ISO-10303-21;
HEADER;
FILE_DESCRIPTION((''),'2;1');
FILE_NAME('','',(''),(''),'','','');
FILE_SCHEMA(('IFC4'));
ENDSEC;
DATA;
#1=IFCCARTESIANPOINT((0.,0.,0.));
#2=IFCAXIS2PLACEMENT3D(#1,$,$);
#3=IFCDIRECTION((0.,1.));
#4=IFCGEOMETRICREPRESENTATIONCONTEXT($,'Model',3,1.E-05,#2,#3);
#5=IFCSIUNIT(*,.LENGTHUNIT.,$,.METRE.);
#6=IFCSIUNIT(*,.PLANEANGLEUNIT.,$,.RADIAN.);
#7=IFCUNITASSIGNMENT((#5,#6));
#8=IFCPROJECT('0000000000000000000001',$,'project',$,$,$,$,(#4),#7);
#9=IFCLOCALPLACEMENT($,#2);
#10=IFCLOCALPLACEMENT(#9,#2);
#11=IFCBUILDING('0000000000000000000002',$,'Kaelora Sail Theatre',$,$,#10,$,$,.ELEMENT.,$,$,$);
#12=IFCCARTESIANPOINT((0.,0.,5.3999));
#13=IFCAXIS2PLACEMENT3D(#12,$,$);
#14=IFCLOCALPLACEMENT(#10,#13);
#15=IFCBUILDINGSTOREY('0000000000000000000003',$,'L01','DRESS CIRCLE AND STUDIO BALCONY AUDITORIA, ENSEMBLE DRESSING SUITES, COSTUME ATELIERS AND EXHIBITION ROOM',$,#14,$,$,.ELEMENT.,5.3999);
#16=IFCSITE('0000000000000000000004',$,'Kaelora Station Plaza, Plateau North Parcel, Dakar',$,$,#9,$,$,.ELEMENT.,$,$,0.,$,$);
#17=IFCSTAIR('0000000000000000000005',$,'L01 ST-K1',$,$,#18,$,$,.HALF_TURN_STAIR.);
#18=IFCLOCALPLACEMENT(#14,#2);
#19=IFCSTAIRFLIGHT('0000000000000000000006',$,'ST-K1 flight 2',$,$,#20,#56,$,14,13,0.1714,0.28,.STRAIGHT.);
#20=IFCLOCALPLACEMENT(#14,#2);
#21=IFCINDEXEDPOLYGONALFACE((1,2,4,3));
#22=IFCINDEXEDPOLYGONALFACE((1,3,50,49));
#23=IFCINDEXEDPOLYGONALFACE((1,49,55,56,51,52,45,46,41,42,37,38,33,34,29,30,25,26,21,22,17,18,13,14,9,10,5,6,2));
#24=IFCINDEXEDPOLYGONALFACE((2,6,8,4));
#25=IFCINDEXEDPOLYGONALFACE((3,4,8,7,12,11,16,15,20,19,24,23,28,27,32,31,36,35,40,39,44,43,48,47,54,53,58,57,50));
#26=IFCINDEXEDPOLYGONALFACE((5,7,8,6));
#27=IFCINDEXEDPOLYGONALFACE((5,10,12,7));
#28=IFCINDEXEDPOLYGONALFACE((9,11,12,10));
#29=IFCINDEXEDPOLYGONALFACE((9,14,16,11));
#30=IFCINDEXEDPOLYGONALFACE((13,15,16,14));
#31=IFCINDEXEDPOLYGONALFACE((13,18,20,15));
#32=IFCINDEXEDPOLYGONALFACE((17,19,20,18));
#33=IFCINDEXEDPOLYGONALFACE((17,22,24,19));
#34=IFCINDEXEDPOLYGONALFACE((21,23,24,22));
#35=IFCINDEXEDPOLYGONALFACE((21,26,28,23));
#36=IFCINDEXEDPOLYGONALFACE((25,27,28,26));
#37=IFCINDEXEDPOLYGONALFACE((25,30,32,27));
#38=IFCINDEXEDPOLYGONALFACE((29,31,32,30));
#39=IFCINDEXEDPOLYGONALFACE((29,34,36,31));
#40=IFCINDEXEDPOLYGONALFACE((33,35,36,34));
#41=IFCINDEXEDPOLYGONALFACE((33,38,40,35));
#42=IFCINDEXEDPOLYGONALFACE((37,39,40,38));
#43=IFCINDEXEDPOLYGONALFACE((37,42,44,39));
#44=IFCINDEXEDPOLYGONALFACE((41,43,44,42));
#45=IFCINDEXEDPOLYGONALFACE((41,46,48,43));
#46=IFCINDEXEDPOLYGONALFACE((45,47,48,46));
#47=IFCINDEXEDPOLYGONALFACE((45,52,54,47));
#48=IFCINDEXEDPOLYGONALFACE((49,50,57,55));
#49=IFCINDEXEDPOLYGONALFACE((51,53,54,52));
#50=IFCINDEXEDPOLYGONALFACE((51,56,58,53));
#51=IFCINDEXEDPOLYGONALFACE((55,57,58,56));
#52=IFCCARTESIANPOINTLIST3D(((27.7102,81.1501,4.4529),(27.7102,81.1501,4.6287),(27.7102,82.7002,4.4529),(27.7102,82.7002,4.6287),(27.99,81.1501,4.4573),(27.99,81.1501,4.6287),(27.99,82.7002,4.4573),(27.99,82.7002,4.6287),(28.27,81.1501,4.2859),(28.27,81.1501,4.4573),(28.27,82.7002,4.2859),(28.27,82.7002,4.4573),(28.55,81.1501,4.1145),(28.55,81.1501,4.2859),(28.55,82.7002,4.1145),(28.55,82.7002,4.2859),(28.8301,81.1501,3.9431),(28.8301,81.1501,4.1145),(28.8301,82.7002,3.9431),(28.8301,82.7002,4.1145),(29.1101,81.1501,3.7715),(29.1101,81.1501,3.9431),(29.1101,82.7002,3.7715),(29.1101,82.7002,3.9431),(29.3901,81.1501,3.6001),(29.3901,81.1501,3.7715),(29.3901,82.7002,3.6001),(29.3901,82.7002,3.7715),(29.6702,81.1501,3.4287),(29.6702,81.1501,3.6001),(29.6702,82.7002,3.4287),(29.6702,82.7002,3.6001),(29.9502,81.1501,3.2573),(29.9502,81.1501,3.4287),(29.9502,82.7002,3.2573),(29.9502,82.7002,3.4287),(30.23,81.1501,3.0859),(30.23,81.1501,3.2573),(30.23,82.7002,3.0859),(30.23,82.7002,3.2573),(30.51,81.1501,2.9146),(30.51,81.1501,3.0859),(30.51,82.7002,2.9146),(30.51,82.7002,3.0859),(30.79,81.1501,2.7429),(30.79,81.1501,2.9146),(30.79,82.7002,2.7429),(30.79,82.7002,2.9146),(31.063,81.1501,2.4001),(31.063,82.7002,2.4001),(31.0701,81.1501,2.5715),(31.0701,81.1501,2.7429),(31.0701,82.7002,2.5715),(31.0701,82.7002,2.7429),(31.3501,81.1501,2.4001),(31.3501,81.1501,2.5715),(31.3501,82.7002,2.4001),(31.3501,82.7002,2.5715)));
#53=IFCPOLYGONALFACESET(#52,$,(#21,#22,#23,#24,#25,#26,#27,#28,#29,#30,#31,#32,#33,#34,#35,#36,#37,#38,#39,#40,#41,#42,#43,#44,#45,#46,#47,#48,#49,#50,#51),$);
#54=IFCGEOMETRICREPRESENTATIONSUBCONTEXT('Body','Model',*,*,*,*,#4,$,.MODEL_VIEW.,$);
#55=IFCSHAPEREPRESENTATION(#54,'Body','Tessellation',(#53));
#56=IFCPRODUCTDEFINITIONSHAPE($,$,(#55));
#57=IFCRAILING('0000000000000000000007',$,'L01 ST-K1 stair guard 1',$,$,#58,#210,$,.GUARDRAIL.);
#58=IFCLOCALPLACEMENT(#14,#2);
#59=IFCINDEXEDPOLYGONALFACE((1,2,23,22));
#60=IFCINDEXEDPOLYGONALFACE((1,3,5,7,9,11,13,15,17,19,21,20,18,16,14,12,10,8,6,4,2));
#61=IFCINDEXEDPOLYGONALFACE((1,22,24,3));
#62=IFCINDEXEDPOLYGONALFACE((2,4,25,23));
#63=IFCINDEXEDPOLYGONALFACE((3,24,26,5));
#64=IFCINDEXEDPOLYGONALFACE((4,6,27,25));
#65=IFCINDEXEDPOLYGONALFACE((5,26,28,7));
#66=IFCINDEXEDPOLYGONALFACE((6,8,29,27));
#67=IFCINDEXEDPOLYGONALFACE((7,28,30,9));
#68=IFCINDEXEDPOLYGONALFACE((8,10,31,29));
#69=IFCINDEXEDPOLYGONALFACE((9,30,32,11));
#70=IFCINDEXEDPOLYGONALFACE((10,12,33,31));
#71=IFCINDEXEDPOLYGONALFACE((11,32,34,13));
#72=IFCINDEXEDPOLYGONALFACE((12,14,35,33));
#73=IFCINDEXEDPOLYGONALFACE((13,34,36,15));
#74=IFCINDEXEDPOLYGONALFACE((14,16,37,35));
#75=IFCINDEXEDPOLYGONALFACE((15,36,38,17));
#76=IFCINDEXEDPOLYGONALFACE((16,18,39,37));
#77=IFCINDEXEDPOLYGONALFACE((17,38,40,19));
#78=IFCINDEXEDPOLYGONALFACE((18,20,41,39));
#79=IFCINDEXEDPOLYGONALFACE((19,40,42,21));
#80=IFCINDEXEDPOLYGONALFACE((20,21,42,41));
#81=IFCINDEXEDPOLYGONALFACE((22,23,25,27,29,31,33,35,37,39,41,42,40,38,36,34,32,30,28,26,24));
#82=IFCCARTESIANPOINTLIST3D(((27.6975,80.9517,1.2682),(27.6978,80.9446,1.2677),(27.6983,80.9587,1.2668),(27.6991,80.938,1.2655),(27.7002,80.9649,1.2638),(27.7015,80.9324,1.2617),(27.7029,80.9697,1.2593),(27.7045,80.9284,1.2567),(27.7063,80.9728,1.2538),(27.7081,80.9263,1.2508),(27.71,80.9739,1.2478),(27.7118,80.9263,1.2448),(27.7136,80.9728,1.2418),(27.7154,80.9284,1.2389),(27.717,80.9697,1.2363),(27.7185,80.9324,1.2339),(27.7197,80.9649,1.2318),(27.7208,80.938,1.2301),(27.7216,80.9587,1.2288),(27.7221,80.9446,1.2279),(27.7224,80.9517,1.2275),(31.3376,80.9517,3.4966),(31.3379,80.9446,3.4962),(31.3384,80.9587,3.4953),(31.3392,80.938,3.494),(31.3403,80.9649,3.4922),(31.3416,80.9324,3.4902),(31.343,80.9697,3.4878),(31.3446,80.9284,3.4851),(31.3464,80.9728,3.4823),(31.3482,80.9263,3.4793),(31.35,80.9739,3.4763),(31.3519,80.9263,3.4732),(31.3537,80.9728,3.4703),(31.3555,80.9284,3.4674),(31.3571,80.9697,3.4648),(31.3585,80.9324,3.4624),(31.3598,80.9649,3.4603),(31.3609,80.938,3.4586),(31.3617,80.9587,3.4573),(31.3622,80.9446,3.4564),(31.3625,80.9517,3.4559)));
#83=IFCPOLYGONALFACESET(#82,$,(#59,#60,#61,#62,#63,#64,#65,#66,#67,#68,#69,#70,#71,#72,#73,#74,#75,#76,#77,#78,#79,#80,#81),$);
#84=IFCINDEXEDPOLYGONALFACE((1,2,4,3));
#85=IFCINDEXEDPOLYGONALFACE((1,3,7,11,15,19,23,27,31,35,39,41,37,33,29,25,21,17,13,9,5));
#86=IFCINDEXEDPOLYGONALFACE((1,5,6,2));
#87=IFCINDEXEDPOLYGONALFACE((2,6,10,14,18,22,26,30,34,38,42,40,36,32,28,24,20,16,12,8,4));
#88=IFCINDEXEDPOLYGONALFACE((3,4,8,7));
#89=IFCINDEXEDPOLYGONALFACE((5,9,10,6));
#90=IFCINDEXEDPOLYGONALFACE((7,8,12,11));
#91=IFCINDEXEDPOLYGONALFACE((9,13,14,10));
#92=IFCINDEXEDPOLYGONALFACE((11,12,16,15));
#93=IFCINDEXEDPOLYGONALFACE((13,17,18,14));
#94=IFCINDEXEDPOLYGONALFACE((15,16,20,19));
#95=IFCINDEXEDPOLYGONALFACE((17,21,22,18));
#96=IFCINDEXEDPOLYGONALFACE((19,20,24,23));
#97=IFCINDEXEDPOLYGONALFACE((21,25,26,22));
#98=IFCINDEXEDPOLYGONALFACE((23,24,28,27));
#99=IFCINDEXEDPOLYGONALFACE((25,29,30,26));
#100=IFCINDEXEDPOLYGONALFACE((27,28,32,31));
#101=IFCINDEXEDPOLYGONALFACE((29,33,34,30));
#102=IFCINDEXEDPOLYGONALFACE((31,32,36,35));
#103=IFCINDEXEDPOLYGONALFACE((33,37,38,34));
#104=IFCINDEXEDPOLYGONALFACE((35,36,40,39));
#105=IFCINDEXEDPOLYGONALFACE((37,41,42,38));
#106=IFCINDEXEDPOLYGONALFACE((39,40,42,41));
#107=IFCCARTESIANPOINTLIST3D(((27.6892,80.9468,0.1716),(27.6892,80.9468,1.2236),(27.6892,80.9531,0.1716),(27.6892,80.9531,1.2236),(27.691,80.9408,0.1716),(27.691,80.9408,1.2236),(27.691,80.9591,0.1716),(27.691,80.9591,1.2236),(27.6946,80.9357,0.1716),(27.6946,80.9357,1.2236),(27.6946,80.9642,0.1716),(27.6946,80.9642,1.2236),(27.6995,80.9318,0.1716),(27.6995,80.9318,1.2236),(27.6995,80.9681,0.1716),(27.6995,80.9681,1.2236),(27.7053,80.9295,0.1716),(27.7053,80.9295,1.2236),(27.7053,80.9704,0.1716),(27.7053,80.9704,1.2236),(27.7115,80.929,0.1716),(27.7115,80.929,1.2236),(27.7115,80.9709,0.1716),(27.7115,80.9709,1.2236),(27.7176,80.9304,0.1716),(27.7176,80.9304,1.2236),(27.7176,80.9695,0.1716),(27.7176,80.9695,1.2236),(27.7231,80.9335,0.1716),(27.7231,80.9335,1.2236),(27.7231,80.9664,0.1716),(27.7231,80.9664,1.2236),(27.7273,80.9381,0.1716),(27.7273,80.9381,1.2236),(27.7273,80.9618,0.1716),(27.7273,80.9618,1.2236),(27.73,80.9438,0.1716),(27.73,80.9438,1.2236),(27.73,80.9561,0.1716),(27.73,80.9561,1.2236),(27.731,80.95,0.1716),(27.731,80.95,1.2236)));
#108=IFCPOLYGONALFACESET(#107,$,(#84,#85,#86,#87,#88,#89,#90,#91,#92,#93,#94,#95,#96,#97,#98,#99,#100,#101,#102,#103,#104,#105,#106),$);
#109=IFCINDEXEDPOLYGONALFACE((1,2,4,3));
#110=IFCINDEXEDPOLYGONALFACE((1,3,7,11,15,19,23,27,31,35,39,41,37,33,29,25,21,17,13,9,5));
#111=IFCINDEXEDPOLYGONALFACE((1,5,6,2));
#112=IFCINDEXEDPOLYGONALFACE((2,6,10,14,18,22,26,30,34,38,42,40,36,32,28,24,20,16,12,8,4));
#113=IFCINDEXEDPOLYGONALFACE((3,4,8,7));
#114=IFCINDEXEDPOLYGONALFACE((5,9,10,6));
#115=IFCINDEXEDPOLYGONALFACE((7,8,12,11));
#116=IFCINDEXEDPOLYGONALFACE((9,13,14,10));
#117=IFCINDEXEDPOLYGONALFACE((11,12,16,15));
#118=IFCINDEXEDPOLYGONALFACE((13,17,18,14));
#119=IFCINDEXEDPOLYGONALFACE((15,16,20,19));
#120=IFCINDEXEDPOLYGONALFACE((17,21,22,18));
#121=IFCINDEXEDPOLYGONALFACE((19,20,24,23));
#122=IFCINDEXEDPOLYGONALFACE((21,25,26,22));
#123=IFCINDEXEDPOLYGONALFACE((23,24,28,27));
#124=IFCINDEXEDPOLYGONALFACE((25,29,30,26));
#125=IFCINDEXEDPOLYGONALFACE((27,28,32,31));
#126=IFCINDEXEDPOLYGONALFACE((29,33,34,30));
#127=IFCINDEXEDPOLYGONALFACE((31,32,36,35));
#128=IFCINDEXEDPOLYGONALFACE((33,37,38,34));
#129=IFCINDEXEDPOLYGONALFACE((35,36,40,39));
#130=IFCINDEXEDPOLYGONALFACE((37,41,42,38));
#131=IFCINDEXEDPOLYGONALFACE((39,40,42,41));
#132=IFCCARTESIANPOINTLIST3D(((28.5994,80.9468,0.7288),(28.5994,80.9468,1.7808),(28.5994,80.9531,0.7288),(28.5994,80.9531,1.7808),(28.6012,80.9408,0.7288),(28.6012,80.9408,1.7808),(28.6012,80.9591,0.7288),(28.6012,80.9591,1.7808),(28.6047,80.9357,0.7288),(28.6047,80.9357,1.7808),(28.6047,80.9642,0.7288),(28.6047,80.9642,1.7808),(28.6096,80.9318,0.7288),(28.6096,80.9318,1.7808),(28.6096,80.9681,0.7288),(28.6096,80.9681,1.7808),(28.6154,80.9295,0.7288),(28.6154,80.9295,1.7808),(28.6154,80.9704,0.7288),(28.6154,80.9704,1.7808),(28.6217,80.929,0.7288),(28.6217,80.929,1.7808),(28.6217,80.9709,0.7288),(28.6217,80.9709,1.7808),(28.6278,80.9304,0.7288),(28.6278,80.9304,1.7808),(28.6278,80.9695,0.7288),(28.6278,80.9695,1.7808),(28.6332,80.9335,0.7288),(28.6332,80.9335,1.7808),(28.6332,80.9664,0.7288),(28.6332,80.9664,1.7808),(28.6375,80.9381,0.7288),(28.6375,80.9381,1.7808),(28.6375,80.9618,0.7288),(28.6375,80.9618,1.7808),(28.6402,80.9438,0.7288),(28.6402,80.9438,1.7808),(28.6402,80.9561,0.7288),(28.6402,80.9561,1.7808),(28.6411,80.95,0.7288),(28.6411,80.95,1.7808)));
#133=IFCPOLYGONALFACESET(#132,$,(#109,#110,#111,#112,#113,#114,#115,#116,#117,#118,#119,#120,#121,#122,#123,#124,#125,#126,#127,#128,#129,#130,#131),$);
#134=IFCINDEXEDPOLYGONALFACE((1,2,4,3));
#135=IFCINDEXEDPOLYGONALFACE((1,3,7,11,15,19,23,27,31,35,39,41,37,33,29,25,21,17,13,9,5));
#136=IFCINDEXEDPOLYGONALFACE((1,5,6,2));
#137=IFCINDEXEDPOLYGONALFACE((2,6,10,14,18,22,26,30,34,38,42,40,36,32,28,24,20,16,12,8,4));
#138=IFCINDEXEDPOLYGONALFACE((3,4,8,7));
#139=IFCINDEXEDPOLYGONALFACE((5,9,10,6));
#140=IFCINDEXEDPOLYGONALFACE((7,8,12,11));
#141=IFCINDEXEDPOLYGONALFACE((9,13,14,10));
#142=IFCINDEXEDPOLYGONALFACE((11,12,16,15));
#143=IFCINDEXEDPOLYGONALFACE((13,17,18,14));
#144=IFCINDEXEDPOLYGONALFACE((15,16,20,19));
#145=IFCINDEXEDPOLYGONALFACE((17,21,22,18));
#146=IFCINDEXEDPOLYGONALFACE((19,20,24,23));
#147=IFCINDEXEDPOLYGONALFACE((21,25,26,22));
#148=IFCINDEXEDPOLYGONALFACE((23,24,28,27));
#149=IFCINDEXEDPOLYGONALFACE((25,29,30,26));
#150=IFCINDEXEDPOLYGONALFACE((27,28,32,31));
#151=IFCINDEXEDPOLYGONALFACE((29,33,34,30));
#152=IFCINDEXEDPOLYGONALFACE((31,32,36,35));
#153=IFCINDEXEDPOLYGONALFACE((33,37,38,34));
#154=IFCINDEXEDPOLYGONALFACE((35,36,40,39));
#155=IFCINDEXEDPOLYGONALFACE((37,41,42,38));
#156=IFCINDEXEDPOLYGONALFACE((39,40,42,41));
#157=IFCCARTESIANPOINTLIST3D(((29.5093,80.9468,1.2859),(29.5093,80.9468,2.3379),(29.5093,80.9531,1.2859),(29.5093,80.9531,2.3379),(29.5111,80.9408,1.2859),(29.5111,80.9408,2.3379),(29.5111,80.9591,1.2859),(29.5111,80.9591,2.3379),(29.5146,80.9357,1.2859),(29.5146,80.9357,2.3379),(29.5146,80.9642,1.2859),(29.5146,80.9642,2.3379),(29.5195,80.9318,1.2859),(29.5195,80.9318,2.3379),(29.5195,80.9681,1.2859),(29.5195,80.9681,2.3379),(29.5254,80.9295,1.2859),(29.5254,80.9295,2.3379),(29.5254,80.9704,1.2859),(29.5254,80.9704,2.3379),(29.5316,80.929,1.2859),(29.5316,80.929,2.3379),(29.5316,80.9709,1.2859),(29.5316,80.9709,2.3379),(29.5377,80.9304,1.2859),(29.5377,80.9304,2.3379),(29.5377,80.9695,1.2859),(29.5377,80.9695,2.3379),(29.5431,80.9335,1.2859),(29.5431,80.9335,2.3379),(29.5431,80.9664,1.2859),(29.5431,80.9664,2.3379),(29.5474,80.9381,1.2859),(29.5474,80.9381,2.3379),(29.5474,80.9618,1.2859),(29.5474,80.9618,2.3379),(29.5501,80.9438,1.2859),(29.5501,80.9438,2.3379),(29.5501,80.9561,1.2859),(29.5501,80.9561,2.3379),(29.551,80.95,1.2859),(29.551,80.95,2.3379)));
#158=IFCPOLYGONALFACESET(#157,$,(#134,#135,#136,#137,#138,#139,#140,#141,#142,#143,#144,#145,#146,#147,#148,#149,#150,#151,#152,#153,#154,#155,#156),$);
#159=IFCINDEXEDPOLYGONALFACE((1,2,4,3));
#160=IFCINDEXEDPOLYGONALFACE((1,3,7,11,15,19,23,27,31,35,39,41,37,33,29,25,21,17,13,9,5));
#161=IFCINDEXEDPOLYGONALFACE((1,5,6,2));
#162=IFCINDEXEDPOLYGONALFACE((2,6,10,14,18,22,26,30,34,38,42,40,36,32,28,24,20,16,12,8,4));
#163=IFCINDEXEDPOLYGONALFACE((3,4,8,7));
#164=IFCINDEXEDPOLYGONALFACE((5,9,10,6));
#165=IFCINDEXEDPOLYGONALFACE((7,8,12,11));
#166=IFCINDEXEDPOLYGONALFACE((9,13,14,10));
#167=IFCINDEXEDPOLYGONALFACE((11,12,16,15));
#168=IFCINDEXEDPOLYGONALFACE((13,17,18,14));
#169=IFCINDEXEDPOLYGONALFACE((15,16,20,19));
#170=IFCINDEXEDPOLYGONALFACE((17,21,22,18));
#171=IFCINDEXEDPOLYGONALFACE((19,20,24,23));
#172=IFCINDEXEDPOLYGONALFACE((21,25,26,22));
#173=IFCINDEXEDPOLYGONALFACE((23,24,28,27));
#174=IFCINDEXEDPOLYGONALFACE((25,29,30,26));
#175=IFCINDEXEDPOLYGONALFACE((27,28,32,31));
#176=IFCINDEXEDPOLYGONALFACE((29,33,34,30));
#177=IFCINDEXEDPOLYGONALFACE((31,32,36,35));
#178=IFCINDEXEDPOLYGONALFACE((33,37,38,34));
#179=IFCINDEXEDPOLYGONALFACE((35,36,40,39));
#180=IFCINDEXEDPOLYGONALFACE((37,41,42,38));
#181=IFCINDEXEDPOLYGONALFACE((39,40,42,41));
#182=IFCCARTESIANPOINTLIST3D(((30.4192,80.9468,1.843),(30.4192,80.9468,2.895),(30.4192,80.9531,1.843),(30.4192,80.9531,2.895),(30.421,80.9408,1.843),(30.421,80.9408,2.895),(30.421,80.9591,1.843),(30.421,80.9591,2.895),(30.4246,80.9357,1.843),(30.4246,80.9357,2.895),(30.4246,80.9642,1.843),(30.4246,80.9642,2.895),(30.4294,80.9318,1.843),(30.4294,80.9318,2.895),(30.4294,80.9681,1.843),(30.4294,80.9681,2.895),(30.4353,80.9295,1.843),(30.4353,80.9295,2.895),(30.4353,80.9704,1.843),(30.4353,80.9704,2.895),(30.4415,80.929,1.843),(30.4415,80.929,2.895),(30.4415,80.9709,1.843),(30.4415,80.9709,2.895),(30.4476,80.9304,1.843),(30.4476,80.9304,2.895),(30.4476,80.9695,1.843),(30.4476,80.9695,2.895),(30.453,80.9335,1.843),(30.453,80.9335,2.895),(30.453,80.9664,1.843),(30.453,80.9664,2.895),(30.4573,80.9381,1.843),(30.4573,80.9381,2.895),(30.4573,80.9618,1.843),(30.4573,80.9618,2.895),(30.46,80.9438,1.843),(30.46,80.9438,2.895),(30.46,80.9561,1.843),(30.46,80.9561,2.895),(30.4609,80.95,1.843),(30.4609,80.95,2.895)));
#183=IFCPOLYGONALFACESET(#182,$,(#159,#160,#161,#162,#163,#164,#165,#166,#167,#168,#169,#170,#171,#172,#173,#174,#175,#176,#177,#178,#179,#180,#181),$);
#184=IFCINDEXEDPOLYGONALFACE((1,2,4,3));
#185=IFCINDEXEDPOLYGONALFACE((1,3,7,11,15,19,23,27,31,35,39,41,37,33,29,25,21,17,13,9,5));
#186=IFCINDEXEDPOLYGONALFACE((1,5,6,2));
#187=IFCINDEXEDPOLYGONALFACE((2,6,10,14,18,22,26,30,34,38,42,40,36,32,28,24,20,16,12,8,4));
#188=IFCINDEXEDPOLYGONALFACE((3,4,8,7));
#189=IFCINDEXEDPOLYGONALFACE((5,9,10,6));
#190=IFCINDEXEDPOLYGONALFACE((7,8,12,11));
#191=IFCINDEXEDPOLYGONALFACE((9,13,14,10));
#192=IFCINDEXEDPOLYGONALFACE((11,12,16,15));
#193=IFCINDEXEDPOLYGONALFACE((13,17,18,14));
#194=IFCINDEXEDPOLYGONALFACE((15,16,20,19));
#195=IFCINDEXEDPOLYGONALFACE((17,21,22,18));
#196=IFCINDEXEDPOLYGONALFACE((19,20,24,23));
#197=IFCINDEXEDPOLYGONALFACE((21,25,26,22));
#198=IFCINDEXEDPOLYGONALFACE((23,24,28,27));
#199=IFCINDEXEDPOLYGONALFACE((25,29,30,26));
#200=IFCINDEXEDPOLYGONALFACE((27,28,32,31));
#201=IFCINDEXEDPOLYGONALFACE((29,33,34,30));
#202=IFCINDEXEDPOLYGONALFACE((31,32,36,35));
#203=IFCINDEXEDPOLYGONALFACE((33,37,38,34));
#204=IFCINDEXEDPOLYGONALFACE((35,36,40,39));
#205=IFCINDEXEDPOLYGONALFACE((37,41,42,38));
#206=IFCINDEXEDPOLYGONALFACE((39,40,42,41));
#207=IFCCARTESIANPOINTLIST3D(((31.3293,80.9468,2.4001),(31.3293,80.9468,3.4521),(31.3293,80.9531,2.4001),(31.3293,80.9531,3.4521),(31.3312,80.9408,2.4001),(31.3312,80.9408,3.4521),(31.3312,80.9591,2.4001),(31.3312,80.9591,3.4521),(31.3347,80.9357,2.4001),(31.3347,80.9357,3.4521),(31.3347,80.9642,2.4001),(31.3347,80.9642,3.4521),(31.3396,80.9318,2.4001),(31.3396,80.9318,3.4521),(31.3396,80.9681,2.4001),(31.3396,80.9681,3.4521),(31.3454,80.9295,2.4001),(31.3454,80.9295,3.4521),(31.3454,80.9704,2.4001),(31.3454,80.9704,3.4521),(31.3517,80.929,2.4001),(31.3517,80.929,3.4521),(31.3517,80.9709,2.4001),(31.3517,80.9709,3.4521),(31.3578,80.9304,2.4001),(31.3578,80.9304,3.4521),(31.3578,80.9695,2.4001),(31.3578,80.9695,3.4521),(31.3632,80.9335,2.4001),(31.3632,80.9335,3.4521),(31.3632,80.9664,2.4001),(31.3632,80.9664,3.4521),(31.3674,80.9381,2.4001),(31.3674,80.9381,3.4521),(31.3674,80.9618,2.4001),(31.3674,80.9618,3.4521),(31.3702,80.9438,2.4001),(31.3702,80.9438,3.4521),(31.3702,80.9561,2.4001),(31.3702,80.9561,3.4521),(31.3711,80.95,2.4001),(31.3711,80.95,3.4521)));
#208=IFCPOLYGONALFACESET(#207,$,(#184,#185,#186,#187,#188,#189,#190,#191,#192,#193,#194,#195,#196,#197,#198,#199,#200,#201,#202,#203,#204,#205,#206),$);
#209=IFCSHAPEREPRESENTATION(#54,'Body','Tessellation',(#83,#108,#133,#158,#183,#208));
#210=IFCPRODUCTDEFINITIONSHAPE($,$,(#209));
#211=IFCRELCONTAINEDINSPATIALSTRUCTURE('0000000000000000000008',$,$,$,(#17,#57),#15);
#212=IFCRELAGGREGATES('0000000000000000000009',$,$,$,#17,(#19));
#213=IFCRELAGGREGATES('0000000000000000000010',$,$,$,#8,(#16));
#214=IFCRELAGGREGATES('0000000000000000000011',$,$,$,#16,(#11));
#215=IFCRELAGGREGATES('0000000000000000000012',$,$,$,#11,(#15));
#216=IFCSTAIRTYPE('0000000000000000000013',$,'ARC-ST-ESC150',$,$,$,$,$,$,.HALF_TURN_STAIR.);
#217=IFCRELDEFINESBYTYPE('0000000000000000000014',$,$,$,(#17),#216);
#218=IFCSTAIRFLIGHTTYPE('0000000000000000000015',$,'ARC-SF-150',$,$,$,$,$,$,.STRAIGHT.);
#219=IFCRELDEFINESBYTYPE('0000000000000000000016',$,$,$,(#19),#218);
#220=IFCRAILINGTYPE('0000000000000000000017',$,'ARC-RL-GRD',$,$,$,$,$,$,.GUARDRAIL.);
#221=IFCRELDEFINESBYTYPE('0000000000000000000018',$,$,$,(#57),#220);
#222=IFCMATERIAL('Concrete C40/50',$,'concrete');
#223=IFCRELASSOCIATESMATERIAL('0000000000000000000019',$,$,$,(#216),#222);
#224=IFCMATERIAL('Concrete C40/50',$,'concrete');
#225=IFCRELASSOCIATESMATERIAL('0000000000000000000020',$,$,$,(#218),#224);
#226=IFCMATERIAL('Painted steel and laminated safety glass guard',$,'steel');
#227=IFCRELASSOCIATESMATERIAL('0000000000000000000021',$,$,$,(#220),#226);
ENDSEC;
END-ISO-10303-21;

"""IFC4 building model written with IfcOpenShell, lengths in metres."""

from ifc_helpers import new_model, si_unit, direction, frame, origin, origin_2d, place, context, subcontext, project, spatial, polyline, circle, outline, extrude, material, type_object, element, aggregate, save


model = new_model("IFC4")

# Units and contexts
model_context = context("Model", 3, precision=1e-05, world=origin(), true_north=direction((0.0, 1.0)))
body_context = subcontext(model_context, "Body", "Model", "MODEL_VIEW")
ifc_project = project(units=[si_unit("LENGTHUNIT", "METRE"), si_unit("PLANEANGLEUNIT", "RADIAN")], contexts=[model_context])

# Site, building, storey
site_placement = place(None, origin())
site = spatial("IfcSite", under=ifc_project, at=site_placement, Name="Kaelora Station Plaza, Plateau North Parcel, Dakar", CompositionType="ELEMENT", RefElevation=0.0)
building_placement = place(site_placement, origin())
building = spatial("IfcBuilding", under=site, at=building_placement, Name="Kaelora Sail Theatre", CompositionType="ELEMENT")
storey_placement = place(building_placement, frame((0.0, 0.0, 5.3999)))
storey = spatial("IfcBuildingStorey", under=building, at=storey_placement, Name="L01", Description="DRESS CIRCLE AND STUDIO BALCONY AUDITORIA, ENSEMBLE DRESSING SUITES, COSTUME ATELIERS AND EXHIBITION ROOM", CompositionType="ELEMENT", Elevation=5.3999)

# Stair, stair flight
ifc_material_1 = material(Name="Concrete C40/50", Category="concrete")
stair_type = type_object("IfcStairType", Name="ARC-ST-ESC150", PredefinedType="HALF_TURN_STAIR", material=ifc_material_1)
stair_placement = place(storey_placement, origin())
stair = element("IfcStair", 1, at=stair_placement, inside=storey, type_object=stair_type, Name="L01 ST-K1", PredefinedType="HALF_TURN_STAIR")
ifc_material_2 = material(Name="Concrete C40/50", Category="concrete")
stair_flight_type = type_object("IfcStairFlightType", Name="ARC-SF-150", PredefinedType="STRAIGHT", material=ifc_material_2)
stair_flight_placement = place(storey_placement, frame((31.3501, 81.925, 2.4001), z_axis=(0.0, 0.0, 1.0), x_axis=(-1.0, 0.0, 0.0)))
stair_flight = element("IfcStairFlight", 2, at=stair_flight_placement, type_object=stair_flight_type, Name="ST-K1 flight 2", NumberOfRisers=14, NumberOfTreads=13, PredefinedType="STRAIGHT", RiserHeight=0.1714, TreadLength=0.28, context=body_context, shape_type="SweptSolid", body=[
    extrude(outline(polyline([(0.0, 0.0), (0.0, 0.1714), (0.28, 0.1714), (0.28, 0.3428), (0.5601, 0.3428), (0.5601, 0.5144), (0.8401, 0.5144), (0.8401, 0.6858), (1.1201, 0.6858), (1.1201, 0.8572), (1.3999, 0.8572), (1.3999, 1.0286), (1.6799, 1.0286), (1.6799, 1.2), (1.96, 1.2), (1.96, 1.3713), (2.24, 1.3713), (2.24, 1.543), (2.52, 1.543), (2.52, 1.7144), (2.8, 1.7144), (2.8, 1.8857), (3.0801, 1.8857), (3.0801, 2.0571), (3.3601, 2.0571), (3.3601, 2.2285), (3.6399, 2.2285), (3.6399, 2.3999), (3.6399, 2.0527), (0.2871, 0.0), (0.0, 0.0)])), frame((0.0, 0.7749, 0.0), z_axis=(0.0, -1.0, 0.0), x_axis=(1.0, 0.0, 0.0)), (0.0, 0.0, 1.0), 1.55),
])
aggregate(stair, [stair_flight])

# Railing
ifc_material_3 = material(Name="Painted steel and laminated safety glass guard", Category="steel")
railing_type_1 = type_object("IfcRailingType", Name="ARC-RL-GRD", PredefinedType="GUARDRAIL", material=ifc_material_3)
railing_1_placement = place(storey_placement, frame((27.71, 80.95, 0.1716)))
element("IfcRailing", 3, at=railing_1_placement, inside=storey, type_object=railing_type_1, Name="L01 ST-K1 stair guard 1", PredefinedType="GUARDRAIL", context=body_context, shape_type="SweptSolid", body=[
    extrude(circle(Radius=0.0239, at=origin_2d()), frame((0.0, 0.0, 1.0762), z_axis=(0.852866, 0.0, 0.52213), x_axis=(0.0, 1.0, 0.0)), (0.0, 0.0, 1.0), 4.2681),
    extrude(circle(Radius=0.021, at=origin_2d()), origin(), (0.0, 0.0, 1.0), 1.052),
    extrude(circle(Radius=0.021, at=origin_2d()), frame((0.9102, 0.0, 0.5571)), (0.0, 0.0, 1.0), 1.052),
    extrude(circle(Radius=0.021, at=origin_2d()), frame((1.8201, 0.0, 1.1143)), (0.0, 0.0, 1.0), 1.052),
    extrude(circle(Radius=0.021, at=origin_2d()), frame((2.73, 0.0, 1.6714)), (0.0, 0.0, 1.0), 1.052),
    extrude(circle(Radius=0.021, at=origin_2d()), frame((3.6401, 0.0, 2.2285)), (0.0, 0.0, 1.0), 1.052),
])

save(model, "model.ifc")
